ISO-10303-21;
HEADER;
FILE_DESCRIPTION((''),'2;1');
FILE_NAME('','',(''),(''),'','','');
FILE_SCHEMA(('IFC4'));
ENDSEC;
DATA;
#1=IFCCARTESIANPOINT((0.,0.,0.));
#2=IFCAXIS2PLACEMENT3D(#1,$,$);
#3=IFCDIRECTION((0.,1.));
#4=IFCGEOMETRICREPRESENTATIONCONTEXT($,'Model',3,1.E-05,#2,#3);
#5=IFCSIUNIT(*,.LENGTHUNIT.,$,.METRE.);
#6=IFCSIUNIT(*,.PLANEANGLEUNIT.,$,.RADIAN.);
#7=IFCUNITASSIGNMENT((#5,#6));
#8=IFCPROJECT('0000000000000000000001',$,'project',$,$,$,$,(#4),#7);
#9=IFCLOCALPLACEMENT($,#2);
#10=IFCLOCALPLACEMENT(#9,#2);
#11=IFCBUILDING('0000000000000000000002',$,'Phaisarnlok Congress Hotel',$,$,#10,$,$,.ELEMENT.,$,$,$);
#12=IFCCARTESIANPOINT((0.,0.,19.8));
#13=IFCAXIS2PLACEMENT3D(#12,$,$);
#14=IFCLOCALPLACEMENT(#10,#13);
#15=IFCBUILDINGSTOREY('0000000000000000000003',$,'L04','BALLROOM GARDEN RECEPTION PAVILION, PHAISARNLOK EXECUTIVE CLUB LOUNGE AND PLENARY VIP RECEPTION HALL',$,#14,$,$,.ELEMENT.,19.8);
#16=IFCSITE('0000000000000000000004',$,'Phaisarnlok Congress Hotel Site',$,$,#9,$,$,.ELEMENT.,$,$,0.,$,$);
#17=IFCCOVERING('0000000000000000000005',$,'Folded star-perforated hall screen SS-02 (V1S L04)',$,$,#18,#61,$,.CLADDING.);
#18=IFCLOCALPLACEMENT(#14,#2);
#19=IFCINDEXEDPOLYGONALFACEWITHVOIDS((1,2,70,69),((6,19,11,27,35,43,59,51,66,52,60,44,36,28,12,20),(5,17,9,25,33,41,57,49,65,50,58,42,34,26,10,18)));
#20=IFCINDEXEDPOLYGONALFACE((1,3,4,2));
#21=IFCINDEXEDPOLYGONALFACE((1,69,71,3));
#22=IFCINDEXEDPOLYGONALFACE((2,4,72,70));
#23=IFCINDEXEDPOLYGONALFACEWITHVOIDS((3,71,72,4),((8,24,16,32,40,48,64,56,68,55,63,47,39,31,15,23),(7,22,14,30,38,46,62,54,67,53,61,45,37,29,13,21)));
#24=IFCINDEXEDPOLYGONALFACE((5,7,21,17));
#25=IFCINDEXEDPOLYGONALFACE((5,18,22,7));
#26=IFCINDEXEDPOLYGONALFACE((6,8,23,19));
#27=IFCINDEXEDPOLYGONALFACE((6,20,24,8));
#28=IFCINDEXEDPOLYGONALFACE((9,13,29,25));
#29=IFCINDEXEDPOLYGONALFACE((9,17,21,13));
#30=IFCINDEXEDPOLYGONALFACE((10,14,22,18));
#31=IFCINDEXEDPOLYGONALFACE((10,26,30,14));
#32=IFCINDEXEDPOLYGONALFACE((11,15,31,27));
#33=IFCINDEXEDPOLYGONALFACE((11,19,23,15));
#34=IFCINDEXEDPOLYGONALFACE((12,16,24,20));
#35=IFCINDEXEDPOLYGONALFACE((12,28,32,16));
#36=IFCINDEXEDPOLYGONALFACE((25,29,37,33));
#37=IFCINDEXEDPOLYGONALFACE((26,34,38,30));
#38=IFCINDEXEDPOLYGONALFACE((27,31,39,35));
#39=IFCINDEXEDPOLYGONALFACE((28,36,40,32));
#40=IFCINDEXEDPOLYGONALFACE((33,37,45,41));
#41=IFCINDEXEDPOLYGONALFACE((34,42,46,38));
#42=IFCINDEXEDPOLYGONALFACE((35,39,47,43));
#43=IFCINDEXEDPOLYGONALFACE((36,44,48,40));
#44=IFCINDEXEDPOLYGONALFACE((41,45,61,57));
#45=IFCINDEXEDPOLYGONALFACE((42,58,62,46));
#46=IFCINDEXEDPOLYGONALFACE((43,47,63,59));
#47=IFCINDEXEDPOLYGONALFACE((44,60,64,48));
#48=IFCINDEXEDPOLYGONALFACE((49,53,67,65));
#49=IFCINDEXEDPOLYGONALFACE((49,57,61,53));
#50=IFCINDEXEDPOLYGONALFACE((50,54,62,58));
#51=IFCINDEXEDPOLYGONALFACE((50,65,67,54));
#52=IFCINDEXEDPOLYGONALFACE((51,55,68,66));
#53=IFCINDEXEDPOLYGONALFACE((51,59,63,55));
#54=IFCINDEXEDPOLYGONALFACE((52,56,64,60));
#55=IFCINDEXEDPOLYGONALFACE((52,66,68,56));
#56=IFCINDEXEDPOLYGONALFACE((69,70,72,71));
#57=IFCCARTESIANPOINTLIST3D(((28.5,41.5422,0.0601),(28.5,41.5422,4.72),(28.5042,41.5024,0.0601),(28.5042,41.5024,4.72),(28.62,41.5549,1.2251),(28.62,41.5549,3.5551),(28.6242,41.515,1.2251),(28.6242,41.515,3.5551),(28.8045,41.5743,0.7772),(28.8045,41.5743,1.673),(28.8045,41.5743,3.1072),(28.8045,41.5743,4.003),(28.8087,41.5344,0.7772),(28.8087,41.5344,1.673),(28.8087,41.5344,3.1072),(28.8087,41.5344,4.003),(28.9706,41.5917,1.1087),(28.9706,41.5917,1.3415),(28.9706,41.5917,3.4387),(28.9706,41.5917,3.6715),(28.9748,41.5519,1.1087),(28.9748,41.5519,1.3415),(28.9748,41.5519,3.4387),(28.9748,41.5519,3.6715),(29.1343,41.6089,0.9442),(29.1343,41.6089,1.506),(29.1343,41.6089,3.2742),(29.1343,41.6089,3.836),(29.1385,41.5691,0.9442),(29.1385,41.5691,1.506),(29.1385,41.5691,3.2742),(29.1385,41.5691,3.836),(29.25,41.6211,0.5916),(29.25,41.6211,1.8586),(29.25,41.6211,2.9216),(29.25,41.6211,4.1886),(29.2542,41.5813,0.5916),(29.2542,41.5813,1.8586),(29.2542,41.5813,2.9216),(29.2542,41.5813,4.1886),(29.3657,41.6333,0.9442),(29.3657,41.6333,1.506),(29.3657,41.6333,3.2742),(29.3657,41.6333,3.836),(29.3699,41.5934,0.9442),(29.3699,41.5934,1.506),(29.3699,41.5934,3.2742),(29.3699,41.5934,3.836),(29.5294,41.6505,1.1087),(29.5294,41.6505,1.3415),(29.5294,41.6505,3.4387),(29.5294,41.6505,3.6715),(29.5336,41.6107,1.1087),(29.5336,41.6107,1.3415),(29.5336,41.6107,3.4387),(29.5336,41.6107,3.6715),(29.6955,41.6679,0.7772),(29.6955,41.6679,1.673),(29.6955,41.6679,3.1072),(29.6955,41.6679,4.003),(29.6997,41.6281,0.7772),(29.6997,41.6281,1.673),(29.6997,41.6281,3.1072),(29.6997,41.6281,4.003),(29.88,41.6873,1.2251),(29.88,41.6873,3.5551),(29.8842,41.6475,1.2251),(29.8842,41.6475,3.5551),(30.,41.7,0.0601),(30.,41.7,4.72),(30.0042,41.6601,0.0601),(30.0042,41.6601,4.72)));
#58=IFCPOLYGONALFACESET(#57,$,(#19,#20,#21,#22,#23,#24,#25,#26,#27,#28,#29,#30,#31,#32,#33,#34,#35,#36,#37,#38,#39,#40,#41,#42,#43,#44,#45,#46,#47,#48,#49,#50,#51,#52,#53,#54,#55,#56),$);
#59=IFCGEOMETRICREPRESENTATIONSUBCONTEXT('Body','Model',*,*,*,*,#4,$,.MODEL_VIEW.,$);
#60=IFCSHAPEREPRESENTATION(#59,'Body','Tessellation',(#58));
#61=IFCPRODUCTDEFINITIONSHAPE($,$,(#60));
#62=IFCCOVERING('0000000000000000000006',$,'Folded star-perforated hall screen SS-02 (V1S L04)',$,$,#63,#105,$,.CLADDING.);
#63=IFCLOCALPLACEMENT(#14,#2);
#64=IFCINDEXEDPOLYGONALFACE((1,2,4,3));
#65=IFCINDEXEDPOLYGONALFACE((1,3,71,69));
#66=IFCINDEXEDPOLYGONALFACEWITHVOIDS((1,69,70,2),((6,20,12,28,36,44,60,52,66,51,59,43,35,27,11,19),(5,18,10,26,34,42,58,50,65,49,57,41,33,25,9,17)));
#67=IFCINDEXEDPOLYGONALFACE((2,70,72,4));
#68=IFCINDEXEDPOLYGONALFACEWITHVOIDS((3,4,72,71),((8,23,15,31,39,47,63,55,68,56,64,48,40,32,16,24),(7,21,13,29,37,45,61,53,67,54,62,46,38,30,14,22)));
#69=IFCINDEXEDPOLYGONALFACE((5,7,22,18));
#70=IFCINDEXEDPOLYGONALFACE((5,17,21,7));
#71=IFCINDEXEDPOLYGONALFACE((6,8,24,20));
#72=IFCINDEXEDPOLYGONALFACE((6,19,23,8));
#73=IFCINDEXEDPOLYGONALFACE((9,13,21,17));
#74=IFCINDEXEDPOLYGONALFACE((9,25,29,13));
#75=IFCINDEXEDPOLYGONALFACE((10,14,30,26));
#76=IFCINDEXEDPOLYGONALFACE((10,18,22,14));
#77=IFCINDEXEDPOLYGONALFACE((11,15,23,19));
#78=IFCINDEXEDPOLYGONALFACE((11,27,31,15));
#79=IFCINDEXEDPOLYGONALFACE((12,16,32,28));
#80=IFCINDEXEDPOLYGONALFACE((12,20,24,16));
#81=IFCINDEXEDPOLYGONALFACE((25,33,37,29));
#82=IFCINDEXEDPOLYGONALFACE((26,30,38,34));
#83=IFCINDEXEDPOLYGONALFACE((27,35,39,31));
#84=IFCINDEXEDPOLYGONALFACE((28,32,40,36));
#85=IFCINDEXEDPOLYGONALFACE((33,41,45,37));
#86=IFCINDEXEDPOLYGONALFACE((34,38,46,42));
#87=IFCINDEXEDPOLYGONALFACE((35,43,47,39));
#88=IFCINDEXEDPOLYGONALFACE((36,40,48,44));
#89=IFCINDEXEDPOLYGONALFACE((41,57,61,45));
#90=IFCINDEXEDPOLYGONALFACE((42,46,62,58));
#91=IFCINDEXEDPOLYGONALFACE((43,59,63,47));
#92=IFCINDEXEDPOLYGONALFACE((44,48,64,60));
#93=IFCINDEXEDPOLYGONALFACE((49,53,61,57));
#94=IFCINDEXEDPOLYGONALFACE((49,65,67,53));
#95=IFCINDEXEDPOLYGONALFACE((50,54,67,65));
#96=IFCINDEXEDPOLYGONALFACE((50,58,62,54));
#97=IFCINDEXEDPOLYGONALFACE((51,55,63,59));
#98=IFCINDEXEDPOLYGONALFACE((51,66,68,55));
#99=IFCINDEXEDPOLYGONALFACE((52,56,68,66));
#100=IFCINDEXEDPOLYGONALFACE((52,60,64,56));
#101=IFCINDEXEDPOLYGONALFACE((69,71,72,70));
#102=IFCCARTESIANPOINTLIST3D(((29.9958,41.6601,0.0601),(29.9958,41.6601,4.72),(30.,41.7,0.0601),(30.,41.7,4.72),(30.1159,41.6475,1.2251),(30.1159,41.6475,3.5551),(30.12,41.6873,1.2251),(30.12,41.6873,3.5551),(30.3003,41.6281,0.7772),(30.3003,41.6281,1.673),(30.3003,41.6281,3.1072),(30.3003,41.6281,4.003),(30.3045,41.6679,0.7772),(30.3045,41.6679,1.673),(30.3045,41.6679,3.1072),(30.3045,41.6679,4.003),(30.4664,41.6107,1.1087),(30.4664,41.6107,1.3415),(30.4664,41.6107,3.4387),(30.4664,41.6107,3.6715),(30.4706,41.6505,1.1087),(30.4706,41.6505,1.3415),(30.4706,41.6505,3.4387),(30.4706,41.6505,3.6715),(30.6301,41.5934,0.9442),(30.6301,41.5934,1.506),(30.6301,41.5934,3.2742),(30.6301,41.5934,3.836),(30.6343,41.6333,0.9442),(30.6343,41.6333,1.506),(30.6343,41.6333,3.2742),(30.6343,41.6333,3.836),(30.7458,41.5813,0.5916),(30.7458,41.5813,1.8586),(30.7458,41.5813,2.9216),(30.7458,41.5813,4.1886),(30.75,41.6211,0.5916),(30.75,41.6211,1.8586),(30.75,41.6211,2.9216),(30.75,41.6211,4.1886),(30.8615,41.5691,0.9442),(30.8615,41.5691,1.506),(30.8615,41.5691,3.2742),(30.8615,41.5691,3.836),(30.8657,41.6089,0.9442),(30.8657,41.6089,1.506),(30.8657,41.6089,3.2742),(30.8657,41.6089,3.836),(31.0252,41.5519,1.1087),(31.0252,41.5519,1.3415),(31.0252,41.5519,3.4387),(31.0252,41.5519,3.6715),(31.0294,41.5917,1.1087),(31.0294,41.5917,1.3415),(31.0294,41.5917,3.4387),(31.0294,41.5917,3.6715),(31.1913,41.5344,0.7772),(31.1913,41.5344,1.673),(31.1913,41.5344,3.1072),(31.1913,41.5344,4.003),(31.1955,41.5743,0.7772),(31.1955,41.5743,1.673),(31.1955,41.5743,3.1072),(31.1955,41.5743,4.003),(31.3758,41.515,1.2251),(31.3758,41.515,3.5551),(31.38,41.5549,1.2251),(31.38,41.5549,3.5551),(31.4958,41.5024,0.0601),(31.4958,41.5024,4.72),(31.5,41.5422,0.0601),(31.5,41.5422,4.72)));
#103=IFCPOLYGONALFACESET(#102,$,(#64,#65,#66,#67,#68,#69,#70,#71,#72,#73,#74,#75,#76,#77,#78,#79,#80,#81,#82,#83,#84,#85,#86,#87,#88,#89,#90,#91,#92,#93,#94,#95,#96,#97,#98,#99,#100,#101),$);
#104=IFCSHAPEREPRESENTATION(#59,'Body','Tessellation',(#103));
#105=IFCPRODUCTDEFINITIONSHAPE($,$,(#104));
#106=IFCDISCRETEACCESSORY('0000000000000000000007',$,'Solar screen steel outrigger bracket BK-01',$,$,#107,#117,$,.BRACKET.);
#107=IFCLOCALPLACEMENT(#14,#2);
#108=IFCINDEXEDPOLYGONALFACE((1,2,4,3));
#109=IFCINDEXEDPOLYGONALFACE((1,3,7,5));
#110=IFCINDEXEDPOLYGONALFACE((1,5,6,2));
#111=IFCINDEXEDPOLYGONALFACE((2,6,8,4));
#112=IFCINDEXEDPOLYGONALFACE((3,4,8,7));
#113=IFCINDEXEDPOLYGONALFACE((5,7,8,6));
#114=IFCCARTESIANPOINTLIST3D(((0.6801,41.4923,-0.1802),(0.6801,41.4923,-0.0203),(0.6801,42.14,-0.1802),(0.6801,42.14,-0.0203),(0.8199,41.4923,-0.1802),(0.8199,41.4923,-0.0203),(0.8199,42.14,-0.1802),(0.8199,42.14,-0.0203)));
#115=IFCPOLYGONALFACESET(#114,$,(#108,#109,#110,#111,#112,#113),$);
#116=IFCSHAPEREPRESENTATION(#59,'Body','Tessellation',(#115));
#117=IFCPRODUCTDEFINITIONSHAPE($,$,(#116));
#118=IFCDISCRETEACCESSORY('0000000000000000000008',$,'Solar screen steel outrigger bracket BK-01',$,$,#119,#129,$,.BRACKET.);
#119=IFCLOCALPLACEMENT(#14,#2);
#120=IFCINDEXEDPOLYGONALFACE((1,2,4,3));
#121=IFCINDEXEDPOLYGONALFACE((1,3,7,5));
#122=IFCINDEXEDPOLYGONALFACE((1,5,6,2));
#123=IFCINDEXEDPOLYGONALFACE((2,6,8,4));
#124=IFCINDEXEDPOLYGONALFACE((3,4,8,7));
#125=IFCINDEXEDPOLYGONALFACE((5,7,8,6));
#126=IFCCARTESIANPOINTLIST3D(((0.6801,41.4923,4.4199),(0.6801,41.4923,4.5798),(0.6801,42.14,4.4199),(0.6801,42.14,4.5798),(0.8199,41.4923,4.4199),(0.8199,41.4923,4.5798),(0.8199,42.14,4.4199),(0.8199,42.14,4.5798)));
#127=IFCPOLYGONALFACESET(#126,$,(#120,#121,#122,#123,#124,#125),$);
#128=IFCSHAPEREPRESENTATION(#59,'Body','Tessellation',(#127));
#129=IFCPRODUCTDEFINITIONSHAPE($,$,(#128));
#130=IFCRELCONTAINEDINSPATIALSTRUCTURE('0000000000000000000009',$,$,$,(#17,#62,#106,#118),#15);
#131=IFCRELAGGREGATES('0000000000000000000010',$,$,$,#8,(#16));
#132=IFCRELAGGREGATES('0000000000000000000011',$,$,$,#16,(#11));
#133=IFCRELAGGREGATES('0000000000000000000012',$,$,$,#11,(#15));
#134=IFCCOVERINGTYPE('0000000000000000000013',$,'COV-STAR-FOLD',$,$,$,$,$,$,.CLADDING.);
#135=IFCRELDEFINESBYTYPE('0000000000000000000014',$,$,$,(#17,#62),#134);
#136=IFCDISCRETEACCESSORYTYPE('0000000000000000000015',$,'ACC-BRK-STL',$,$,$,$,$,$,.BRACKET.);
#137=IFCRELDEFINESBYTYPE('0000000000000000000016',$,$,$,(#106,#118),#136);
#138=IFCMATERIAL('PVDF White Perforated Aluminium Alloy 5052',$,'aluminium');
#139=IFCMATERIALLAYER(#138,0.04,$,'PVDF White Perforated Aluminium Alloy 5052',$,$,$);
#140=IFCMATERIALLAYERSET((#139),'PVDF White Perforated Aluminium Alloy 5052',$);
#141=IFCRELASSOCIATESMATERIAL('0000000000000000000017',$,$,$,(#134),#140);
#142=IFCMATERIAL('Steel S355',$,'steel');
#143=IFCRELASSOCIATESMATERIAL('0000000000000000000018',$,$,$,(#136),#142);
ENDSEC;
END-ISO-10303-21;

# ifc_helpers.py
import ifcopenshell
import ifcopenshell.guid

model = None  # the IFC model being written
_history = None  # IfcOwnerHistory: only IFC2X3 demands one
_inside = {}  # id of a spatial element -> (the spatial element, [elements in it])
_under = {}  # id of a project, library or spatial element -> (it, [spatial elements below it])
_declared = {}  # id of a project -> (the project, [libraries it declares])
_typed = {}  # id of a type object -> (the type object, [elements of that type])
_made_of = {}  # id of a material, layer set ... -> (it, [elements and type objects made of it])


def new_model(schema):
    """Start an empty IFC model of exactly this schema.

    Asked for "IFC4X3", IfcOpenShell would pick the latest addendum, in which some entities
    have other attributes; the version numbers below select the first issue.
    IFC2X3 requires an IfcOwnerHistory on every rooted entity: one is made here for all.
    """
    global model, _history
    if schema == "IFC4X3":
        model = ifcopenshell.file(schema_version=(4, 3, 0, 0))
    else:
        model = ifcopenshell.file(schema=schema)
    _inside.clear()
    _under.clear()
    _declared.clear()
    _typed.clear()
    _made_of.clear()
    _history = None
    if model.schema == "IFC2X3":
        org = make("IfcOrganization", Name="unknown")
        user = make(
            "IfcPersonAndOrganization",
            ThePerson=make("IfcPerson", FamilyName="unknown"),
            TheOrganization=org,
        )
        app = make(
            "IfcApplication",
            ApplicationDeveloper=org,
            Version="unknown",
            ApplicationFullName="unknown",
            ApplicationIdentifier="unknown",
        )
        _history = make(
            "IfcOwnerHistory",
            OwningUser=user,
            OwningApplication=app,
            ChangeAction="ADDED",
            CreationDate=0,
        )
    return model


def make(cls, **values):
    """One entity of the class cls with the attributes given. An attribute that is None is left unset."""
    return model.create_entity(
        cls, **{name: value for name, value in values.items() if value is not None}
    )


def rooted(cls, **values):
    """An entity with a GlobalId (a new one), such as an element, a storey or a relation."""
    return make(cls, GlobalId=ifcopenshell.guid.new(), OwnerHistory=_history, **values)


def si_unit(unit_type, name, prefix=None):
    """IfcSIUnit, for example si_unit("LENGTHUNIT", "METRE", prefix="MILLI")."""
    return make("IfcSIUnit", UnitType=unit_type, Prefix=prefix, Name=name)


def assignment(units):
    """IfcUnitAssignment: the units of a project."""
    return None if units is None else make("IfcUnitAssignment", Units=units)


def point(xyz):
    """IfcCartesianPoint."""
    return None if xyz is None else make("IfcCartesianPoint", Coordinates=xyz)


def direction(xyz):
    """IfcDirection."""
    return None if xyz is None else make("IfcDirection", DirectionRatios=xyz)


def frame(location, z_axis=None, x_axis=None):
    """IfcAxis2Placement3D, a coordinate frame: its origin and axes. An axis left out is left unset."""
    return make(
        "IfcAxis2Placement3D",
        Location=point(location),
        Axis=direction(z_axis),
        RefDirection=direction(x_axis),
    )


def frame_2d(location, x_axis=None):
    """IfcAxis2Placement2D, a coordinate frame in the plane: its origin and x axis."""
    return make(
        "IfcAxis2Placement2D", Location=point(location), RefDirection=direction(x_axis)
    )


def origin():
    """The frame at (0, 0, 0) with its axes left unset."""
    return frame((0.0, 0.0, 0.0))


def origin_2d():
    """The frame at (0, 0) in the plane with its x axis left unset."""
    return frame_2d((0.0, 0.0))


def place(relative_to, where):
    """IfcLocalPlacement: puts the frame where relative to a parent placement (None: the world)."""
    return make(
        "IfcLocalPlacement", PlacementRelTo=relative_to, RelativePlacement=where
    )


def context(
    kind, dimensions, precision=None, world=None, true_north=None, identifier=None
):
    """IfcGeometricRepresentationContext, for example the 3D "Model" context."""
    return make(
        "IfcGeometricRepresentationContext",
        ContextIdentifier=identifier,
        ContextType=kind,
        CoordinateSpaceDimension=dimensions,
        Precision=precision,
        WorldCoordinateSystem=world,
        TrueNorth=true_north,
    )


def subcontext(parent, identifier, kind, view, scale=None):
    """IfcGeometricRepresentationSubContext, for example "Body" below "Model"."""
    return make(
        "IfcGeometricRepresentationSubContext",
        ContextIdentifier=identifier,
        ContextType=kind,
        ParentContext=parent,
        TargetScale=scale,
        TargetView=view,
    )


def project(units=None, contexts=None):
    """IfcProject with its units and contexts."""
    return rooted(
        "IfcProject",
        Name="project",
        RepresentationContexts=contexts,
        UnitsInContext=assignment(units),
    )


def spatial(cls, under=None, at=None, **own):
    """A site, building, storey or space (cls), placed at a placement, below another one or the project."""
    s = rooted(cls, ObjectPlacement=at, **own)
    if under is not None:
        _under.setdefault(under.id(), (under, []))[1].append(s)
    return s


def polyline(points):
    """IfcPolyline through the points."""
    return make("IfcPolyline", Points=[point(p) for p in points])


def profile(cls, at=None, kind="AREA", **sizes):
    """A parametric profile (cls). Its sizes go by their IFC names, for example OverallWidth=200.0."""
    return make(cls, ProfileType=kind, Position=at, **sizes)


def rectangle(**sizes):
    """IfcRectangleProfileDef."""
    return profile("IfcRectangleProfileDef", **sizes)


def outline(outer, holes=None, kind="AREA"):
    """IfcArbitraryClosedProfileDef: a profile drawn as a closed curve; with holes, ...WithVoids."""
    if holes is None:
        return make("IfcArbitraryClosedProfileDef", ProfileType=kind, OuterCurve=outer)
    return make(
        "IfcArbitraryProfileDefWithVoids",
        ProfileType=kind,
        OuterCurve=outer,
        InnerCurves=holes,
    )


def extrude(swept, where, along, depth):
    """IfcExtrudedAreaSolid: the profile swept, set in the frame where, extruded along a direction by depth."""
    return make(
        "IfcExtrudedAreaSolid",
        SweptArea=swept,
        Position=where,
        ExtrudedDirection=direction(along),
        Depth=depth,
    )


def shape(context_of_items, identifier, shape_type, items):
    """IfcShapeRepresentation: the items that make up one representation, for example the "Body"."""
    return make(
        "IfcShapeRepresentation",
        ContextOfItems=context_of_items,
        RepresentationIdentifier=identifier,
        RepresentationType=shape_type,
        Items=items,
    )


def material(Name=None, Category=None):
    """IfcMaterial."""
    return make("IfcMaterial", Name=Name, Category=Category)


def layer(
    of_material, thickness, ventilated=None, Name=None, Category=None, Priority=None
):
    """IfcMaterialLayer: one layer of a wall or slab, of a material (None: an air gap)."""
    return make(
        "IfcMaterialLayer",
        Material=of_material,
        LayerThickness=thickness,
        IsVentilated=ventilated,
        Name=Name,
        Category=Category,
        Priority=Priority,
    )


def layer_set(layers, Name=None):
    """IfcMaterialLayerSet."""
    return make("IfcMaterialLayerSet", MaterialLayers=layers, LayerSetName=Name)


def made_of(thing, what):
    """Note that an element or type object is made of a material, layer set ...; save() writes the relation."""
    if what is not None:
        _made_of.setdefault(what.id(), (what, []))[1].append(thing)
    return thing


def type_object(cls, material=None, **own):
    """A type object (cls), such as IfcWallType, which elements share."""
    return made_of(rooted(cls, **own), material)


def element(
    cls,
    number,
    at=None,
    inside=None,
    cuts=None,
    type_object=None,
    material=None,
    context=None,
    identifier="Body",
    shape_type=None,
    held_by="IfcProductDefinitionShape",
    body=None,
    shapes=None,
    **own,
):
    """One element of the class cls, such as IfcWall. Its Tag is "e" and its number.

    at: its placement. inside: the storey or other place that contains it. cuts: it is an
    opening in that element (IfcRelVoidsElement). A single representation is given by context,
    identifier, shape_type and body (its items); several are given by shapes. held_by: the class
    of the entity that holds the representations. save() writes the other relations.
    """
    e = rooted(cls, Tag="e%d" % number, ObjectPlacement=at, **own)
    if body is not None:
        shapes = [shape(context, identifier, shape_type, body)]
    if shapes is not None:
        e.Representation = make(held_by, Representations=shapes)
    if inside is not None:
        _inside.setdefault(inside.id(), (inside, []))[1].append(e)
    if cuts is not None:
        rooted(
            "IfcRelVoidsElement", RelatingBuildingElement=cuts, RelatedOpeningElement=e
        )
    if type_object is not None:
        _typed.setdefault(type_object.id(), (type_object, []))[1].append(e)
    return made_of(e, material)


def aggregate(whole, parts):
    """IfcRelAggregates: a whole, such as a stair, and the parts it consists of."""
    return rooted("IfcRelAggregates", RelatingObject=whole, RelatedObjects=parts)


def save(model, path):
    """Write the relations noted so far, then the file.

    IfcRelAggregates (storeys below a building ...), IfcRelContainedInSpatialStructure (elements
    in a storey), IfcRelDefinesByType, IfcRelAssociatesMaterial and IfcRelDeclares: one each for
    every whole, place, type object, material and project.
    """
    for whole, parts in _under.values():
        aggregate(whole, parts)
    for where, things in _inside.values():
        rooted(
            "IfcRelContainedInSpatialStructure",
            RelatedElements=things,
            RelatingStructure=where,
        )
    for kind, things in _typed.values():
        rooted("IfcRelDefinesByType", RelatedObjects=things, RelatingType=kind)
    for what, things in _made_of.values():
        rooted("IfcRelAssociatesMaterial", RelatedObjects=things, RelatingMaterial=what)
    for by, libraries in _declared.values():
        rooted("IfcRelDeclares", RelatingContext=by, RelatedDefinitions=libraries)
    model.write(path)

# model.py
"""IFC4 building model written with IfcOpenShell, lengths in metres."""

from ifc_helpers import new_model, si_unit, direction, frame, origin, origin_2d, place, context, subcontext, project, spatial, polyline, rectangle, outline, extrude, material, layer, layer_set, type_object, element, save


model = new_model("IFC4")

# Units and contexts
model_context = context("Model", 3, precision=1e-05, world=origin(), true_north=direction((0.0, 1.0)))
body_context = subcontext(model_context, "Body", "Model", "MODEL_VIEW")
ifc_project = project(units=[si_unit("LENGTHUNIT", "METRE"), si_unit("PLANEANGLEUNIT", "RADIAN")], contexts=[model_context])

# Site, building, storey
site_placement = place(None, origin())
site = spatial("IfcSite", under=ifc_project, at=site_placement, Name="Phaisarnlok Congress Hotel Site", CompositionType="ELEMENT", RefElevation=0.0)
building_placement = place(site_placement, origin())
building = spatial("IfcBuilding", under=site, at=building_placement, Name="Phaisarnlok Congress Hotel", CompositionType="ELEMENT")
storey_placement = place(building_placement, frame((0.0, 0.0, 19.8)))
storey = spatial("IfcBuildingStorey", under=building, at=storey_placement, Name="L04", Description="BALLROOM GARDEN RECEPTION PAVILION, PHAISARNLOK EXECUTIVE CLUB LOUNGE AND PLENARY VIP RECEPTION HALL", CompositionType="ELEMENT", Elevation=19.8)

# Coverings
ifc_material_1 = material(Name="PVDF White Perforated Aluminium Alloy 5052", Category="aluminium")
ifc_layer_1 = layer(ifc_material_1, 0.04, Name="PVDF White Perforated Aluminium Alloy 5052")
ifc_layer_set_1 = layer_set([ifc_layer_1], Name="PVDF White Perforated Aluminium Alloy 5052")
covering_type_1 = type_object("IfcCoveringType", Name="COV-STAR-FOLD", PredefinedType="CLADDING", material=ifc_layer_set_1)
for number, where, z_axis, x_axis, name in (
    (1, (28.5, 41.5422, 0.0601), (0.104567, -0.994518, 0.0), (0.994518, 0.104567, 0.0), "Folded star-perforated hall screen SS-02 (V1S L04)"),
    (2, (30.0, 41.7, 0.0601), (-0.104567, -0.994518, 0.0), (0.994518, -0.104567, 0.0), "Folded star-perforated hall screen SS-02 (V1S L04)"),
):
    element("IfcCovering", number, at=place(storey_placement, frame(where, z_axis=z_axis, x_axis=x_axis)), inside=storey, type_object=covering_type_1, Name=name, PredefinedType="CLADDING", context=body_context, shape_type="SweptSolid", body=[
        extrude(outline(polyline([(0.0, 0.0), (1.5083, 0.0), (1.5083, 4.6599), (0.0, 4.6599), (0.0, 0.0)]), holes=[polyline([(1.0351, 1.0486), (1.2021, 0.7171), (0.8705, 0.8841), (0.7541, 0.5315), (0.6378, 0.8841), (0.3062, 0.7171), (0.4732, 1.0486), (0.1207, 1.165), (0.4732, 1.2814), (0.3062, 1.6129), (0.6378, 1.4459), (0.7541, 1.7985), (0.8705, 1.4459), (1.2021, 1.6129), (1.0351, 1.2814), (1.3876, 1.165), (1.0351, 1.0486)]), polyline([(1.0351, 3.3786), (1.2021, 3.0471), (0.8705, 3.2141), (0.7541, 2.8615), (0.6378, 3.2141), (0.3062, 3.0471), (0.4732, 3.3786), (0.1207, 3.495), (0.4732, 3.6114), (0.3062, 3.9429), (0.6378, 3.7759), (0.7541, 4.1285), (0.8705, 3.7759), (1.2021, 3.9429), (1.0351, 3.6114), (1.3876, 3.495), (1.0351, 3.3786)])]), origin(), (0.0, 0.0, 1.0), 0.04),
    ])

# Discrete accessories
ifc_material_2 = material(Name="Steel S355", Category="steel")
discrete_accessory_type = type_object("IfcDiscreteAccessoryType", Name="ACC-BRK-STL", PredefinedType="BRACKET", material=ifc_material_2)
for number, where, z_axis, x_axis, name in (
    (3, (0.75, 41.8162, -0.1802), (0.0, 0.0, 1.0), (1.0, 0.0, 0.0), "Solar screen steel outrigger bracket BK-01"),
    (4, (0.75, 41.8162, 4.4199), (0.0, 0.0, 1.0), (1.0, 0.0, 0.0), "Solar screen steel outrigger bracket BK-01"),
):
    element("IfcDiscreteAccessory", number, at=place(storey_placement, frame(where, z_axis=z_axis, x_axis=x_axis)), inside=storey, type_object=discrete_accessory_type, Name=name, PredefinedType="BRACKET", context=body_context, shape_type="SweptSolid", body=[
        extrude(rectangle(XDim=0.1399, YDim=0.6477, at=origin_2d()), origin(), (0.0, 0.0, 1.0), 0.1599),
    ])

save(model, "model.ifc")
